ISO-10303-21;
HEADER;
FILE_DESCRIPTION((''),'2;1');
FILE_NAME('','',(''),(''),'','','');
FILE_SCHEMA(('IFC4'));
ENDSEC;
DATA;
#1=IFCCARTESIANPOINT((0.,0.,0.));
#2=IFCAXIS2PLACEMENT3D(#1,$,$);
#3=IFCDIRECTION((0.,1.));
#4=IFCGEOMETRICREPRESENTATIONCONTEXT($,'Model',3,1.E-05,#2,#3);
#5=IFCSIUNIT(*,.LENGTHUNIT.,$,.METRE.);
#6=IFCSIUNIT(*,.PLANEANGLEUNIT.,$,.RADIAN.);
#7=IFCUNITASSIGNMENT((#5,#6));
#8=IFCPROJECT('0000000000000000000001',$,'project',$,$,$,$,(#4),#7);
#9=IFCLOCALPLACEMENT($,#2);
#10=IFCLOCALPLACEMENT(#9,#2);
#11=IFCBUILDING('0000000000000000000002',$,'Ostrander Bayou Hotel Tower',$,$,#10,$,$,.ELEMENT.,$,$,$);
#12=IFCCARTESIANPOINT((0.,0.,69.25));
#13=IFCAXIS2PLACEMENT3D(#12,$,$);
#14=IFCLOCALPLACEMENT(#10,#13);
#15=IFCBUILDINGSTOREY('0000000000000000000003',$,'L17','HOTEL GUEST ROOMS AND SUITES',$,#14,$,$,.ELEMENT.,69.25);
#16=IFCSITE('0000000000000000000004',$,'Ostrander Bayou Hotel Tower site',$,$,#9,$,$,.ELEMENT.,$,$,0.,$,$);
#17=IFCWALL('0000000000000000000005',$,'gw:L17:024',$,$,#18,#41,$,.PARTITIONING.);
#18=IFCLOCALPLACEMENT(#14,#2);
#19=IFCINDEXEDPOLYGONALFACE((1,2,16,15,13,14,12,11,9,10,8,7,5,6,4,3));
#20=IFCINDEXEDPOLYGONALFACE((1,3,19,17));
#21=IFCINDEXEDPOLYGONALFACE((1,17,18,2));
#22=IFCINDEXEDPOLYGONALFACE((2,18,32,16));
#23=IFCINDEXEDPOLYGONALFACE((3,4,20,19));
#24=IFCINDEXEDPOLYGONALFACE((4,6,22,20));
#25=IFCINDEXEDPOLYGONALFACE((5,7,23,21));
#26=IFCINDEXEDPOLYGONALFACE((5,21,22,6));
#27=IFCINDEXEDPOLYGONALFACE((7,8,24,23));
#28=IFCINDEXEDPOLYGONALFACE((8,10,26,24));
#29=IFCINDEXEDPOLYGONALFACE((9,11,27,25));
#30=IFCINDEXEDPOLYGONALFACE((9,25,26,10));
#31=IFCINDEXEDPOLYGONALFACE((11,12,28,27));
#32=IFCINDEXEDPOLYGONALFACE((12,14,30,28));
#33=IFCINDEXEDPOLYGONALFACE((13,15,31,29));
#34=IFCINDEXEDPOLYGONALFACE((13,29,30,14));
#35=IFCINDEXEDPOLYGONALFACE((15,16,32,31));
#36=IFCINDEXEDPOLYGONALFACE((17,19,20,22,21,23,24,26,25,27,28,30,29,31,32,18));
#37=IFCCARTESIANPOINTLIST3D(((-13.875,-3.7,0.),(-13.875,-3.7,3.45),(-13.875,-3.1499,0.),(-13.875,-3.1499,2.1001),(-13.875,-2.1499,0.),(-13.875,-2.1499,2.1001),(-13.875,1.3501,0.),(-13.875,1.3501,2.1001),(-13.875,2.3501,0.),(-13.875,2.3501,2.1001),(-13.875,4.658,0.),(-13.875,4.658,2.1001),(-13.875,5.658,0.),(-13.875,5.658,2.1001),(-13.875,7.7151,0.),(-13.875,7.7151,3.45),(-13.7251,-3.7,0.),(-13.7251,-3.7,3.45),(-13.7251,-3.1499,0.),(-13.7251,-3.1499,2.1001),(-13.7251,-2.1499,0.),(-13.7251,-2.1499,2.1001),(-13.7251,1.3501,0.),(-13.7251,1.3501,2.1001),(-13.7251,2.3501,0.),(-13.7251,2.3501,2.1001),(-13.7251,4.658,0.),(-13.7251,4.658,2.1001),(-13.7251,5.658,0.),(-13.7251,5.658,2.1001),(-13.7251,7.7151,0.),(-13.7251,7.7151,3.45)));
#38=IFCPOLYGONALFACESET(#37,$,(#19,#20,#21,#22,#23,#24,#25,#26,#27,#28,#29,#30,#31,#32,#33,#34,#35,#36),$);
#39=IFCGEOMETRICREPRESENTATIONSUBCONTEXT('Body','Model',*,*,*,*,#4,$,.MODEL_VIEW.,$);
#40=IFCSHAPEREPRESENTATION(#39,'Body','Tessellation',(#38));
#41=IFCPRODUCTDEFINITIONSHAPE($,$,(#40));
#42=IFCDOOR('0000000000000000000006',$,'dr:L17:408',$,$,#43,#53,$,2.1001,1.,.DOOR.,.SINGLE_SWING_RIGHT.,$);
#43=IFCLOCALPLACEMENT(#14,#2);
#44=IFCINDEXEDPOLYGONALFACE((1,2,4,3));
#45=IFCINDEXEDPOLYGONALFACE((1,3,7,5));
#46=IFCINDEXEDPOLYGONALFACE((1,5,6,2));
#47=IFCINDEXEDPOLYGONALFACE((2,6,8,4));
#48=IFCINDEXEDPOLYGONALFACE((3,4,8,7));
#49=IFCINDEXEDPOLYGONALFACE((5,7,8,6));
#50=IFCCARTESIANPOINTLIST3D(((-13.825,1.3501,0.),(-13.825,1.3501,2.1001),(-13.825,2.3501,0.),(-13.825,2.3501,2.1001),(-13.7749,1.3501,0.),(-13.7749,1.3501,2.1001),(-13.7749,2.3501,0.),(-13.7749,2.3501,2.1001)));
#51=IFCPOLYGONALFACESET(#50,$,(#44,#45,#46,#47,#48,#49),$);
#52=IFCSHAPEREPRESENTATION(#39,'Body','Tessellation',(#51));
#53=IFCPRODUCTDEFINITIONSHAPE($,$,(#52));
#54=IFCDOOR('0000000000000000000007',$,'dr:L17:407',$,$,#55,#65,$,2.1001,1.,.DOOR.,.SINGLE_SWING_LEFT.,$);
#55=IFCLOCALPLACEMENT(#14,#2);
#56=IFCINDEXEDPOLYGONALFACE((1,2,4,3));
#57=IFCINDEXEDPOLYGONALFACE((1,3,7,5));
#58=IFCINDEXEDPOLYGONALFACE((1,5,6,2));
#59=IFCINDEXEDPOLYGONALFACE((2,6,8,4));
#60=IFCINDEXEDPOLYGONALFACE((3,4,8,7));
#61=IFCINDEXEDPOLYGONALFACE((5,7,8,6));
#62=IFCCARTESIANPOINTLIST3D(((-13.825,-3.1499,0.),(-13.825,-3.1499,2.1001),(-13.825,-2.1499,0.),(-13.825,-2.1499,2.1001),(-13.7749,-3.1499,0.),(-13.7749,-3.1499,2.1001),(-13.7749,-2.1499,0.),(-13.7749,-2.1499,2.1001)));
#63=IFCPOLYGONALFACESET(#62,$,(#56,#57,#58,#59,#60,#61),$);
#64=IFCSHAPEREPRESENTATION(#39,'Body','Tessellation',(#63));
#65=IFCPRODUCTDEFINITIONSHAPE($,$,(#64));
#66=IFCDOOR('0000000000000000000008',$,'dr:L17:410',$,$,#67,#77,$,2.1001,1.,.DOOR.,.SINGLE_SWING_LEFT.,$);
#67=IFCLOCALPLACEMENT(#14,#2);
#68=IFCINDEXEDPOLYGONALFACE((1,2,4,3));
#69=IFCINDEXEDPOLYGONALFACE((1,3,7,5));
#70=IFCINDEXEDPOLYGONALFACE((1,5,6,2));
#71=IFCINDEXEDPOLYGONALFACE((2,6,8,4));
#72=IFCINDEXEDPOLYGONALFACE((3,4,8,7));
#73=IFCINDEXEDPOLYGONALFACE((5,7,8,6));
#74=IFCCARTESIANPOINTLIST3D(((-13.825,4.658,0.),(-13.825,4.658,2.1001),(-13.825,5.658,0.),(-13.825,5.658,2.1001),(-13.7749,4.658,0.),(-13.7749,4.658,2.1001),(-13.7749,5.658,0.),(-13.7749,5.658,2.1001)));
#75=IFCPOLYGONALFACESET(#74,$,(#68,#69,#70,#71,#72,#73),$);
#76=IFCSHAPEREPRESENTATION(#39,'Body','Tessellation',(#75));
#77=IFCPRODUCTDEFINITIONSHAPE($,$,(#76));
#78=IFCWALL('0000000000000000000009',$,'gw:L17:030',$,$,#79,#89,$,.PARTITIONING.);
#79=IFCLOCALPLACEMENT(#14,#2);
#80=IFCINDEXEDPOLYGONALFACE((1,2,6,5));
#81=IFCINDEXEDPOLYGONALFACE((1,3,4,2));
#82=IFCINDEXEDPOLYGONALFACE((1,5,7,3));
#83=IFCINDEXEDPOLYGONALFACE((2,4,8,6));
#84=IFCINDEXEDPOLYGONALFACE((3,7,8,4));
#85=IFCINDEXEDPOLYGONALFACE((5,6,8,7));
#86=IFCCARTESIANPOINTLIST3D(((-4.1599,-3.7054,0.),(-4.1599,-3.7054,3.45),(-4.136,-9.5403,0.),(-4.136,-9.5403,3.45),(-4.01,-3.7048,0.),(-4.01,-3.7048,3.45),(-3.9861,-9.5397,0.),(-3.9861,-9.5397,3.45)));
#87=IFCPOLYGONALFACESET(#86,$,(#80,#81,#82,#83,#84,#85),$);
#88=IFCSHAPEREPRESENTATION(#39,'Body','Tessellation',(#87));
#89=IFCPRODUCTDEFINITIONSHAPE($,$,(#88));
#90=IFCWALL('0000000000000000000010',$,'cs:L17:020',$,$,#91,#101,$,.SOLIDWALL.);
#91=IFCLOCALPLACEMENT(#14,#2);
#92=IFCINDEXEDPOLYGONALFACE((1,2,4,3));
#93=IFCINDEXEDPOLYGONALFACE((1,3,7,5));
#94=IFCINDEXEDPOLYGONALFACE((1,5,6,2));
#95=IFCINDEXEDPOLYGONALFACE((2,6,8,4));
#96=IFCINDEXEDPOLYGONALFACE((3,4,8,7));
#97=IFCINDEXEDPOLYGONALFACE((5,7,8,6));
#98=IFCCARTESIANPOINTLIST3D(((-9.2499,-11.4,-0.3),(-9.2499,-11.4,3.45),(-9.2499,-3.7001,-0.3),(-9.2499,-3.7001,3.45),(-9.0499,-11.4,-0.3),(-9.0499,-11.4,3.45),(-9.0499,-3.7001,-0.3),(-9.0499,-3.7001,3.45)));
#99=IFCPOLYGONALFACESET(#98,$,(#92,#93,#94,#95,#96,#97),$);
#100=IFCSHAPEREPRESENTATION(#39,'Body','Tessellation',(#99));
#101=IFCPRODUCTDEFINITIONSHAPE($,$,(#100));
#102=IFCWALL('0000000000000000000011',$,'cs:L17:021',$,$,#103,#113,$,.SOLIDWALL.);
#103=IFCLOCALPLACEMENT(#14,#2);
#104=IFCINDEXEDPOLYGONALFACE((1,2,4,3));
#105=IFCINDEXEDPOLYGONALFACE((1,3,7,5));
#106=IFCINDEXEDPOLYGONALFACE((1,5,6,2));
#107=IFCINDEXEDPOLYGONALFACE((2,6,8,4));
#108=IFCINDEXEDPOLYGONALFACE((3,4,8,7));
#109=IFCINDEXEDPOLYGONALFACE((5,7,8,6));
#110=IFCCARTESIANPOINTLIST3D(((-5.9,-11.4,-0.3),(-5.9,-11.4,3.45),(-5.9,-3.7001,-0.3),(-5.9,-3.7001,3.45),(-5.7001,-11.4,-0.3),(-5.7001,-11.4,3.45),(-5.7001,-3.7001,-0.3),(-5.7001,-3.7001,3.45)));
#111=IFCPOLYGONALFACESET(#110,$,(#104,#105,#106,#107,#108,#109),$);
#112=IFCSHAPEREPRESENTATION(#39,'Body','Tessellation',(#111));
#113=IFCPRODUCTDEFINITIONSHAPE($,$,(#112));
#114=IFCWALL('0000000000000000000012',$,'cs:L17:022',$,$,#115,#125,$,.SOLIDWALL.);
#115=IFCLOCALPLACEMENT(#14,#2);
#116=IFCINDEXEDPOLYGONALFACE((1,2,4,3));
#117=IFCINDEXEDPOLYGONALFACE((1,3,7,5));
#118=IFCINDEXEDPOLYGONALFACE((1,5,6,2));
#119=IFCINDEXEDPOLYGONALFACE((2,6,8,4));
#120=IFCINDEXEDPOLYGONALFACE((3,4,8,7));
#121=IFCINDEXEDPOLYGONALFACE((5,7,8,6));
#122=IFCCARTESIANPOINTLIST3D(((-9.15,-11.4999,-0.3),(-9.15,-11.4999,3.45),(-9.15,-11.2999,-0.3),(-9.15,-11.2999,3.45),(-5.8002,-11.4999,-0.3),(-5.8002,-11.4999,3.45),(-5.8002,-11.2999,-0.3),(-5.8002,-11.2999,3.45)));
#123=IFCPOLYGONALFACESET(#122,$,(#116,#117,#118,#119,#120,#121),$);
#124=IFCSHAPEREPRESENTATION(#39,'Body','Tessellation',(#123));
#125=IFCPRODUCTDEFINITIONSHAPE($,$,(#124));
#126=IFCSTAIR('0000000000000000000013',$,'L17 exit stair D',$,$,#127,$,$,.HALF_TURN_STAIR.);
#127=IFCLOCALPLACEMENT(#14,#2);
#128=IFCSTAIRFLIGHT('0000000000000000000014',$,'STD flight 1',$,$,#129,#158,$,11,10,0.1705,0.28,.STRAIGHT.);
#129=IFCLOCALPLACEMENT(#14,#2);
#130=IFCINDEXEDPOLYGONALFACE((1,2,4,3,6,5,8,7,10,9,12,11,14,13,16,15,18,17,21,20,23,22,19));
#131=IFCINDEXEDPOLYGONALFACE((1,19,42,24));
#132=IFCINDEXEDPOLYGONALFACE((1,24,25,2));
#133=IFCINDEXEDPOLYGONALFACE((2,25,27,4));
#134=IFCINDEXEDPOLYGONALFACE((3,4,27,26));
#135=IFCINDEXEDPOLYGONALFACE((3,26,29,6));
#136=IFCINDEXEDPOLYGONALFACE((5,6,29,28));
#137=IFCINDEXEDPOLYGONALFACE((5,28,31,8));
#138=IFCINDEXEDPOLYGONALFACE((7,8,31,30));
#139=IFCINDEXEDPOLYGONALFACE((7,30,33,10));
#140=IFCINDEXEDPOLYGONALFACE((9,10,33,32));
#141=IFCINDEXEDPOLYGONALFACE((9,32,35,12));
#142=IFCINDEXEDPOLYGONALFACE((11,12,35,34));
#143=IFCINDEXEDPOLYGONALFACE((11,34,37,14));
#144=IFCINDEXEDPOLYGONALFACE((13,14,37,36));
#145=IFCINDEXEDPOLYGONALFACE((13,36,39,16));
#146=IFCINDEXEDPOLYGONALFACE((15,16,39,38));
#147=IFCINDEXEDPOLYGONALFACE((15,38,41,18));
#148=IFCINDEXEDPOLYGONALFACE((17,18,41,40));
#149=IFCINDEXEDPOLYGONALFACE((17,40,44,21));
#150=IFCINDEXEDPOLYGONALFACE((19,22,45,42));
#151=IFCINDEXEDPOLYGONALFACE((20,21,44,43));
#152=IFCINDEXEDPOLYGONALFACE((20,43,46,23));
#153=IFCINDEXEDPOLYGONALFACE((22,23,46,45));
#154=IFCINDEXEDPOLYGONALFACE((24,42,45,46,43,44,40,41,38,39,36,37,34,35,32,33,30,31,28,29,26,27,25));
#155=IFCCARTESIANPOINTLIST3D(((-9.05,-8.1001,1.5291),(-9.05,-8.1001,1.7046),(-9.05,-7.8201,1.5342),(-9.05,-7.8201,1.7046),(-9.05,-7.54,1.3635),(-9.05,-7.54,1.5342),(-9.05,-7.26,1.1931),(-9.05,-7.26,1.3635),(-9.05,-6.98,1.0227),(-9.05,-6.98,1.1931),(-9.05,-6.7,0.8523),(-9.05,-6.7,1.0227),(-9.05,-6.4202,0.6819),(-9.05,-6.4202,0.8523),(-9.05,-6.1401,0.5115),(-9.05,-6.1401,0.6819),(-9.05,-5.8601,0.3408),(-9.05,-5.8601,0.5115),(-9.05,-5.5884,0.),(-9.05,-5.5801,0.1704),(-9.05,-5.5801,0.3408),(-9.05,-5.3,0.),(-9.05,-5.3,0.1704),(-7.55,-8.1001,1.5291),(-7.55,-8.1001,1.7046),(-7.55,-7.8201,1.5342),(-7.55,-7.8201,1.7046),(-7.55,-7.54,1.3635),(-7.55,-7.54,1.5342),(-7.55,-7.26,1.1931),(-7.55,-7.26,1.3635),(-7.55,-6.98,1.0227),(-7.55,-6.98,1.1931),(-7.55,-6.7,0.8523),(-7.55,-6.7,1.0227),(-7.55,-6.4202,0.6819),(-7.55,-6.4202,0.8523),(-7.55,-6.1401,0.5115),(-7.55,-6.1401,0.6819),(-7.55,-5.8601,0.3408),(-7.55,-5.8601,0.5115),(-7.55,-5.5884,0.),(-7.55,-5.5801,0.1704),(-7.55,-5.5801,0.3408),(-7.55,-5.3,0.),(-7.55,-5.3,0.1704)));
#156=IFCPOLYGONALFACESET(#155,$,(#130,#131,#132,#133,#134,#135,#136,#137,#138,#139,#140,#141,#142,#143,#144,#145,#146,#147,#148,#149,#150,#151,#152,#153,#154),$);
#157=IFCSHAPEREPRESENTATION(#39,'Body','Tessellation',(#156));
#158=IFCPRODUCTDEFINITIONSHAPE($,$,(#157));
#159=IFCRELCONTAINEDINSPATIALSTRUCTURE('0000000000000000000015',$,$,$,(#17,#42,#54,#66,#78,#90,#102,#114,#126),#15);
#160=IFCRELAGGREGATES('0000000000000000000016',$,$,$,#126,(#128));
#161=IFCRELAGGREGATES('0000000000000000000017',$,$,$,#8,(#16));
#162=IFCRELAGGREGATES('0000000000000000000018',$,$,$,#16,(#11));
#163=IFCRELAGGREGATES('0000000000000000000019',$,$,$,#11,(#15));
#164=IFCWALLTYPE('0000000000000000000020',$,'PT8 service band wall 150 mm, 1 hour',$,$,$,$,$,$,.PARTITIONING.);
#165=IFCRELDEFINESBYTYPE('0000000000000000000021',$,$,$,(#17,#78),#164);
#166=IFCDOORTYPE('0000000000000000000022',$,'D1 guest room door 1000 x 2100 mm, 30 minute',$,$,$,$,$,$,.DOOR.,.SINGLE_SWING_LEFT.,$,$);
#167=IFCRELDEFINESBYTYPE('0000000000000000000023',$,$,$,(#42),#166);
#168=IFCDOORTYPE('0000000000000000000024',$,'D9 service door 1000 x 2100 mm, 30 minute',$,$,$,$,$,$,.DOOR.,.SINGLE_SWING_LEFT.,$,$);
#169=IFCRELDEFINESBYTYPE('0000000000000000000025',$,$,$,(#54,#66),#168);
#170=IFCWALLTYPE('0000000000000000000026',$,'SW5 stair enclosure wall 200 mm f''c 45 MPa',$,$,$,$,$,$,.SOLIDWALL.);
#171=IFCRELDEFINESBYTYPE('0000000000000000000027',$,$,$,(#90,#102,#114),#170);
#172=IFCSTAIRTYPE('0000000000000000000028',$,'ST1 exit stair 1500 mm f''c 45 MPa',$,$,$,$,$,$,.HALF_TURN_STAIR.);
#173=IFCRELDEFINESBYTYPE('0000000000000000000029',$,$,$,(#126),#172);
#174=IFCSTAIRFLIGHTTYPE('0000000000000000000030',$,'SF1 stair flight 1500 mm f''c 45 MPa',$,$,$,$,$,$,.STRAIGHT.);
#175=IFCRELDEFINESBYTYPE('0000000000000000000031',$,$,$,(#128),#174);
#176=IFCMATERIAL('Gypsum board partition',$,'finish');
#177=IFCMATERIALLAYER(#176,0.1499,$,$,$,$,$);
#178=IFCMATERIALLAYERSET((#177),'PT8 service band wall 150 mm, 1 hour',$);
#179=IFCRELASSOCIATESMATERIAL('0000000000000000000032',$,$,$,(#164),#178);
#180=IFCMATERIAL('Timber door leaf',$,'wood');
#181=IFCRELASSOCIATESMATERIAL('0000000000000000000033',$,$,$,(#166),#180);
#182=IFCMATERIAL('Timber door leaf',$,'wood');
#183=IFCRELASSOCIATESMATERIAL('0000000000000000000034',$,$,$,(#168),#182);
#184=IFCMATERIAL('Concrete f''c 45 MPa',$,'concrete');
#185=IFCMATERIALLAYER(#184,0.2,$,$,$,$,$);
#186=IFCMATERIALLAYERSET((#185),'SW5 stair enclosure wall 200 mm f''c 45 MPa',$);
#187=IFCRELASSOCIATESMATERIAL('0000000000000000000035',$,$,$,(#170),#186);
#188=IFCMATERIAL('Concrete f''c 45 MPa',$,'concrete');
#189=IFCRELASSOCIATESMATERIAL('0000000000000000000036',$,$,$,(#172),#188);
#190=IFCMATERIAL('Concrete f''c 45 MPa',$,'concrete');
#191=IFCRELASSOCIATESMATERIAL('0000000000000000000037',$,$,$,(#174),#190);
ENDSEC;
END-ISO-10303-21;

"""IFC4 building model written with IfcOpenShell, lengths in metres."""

from ifc_helpers import new_model, si_unit, direction, frame, frame_2d, origin, place, context, subcontext, project, spatial, polyline, rectangle, outline, extrude, material, layer, layer_set, type_object, element, fill, aggregate, save


model = new_model("IFC4")

# Units and contexts
model_context = context("Model", 3, precision=1e-05, world=origin(), true_north=direction((0.0, 1.0)))
body_context = subcontext(model_context, "Body", "Model", "MODEL_VIEW")
ifc_project = project(units=[si_unit("LENGTHUNIT", "METRE"), si_unit("PLANEANGLEUNIT", "RADIAN")], contexts=[model_context])

# Site, building, storey
site_placement = place(None, origin())
site = spatial("IfcSite", under=ifc_project, at=site_placement, Name="Ostrander Bayou Hotel Tower site", CompositionType="ELEMENT", RefElevation=0.0)
building_placement = place(site_placement, origin())
building = spatial("IfcBuilding", under=site, at=building_placement, Name="Ostrander Bayou Hotel Tower", CompositionType="ELEMENT")
storey_placement = place(building_placement, frame((0.0, 0.0, 69.25)))
storey = spatial("IfcBuildingStorey", under=building, at=storey_placement, Name="L17", Description="HOTEL GUEST ROOMS AND SUITES", CompositionType="ELEMENT", Elevation=69.25)

# Shared definitions
ifc_material_1 = material(Name="Gypsum board partition", Category="finish")
ifc_layer_1 = layer(ifc_material_1, 0.1499)
ifc_layer_set_1 = layer_set([ifc_layer_1], Name="PT8 service band wall 150 mm, 1 hour")
wall_type_1 = type_object("IfcWallType", Name="PT8 service band wall 150 mm, 1 hour", PredefinedType="PARTITIONING", material=ifc_layer_set_1)

# Wall, openings, doors
ifc_material_2 = material(Name="Timber door leaf", Category="wood")
door_type_1 = type_object("IfcDoorType", Name="D1 guest room door 1000 x 2100 mm, 30 minute", OperationType="SINGLE_SWING_LEFT", PredefinedType="DOOR", material=ifc_material_2)
ifc_material_3 = material(Name="Timber door leaf", Category="wood")
door_type_2 = type_object("IfcDoorType", Name="D9 service door 1000 x 2100 mm, 30 minute", OperationType="SINGLE_SWING_LEFT", PredefinedType="DOOR", material=ifc_material_3)
wall_1_placement = place(storey_placement, frame((-13.8, -3.7, 0.0), z_axis=(0.0, 0.0, 1.0), x_axis=(0.0, 1.0, 0.0)))
wall_1 = element("IfcWall", 1, at=wall_1_placement, inside=storey, type_object=wall_type_1, Name="gw:L17:024", PredefinedType="PARTITIONING", context=body_context, shape_type="SweptSolid", body=[
    extrude(rectangle(XDim=11.415, YDim=0.1499, at=frame_2d((5.7075, 0.0))), origin(), (0.0, 0.0, 1.0), 3.45),
])
opening_1_placement = place(wall_1_placement, frame((0.55, 0.0, 0.0)))
opening_1 = element("IfcOpeningElement", 2, at=opening_1_placement, cuts=wall_1, PredefinedType="OPENING", context=body_context, shape_type="SweptSolid", body=[
    extrude(rectangle(XDim=1.0, YDim=2.1001, at=frame_2d((0.5, 1.05))), frame((0.0, 0.075, 0.0), z_axis=(0.0, -1.0, 0.0), x_axis=(1.0, 0.0, 0.0)), (0.0, 0.0, 1.0), 0.1499),
])
opening_2_placement = place(wall_1_placement, frame((5.05, 0.0, 0.0)))
opening_2 = element("IfcOpeningElement", 3, at=opening_2_placement, cuts=wall_1, PredefinedType="OPENING", context=body_context, shape_type="SweptSolid", body=[
    extrude(rectangle(XDim=1.0, YDim=2.1001, at=frame_2d((0.5, 1.05))), frame((0.0, 0.075, 0.0), z_axis=(0.0, -1.0, 0.0), x_axis=(1.0, 0.0, 0.0)), (0.0, 0.0, 1.0), 0.1499),
])
opening_3_placement = place(wall_1_placement, frame((8.3579, 0.0, 0.0)))
opening_3 = element("IfcOpeningElement", 4, at=opening_3_placement, cuts=wall_1, PredefinedType="OPENING", context=body_context, shape_type="SweptSolid", body=[
    extrude(rectangle(XDim=1.0, YDim=2.1001, at=frame_2d((0.5, 1.05))), frame((0.0, 0.075, 0.0), z_axis=(0.0, -1.0, 0.0), x_axis=(1.0, 0.0, 0.0)), (0.0, 0.0, 1.0), 0.1499),
])
door_1_placement = place(opening_2_placement, origin())
door_1 = element("IfcDoor", 5, at=door_1_placement, inside=storey, type_object=door_type_1, Name="dr:L17:408", OperationType="SINGLE_SWING_RIGHT", OverallHeight=2.1001, OverallWidth=1.0, PredefinedType="DOOR", context=body_context, shape_type="SweptSolid", body=[
    extrude(rectangle(XDim=1.0, YDim=2.1001, at=frame_2d((0.5, 1.05))), frame((0.0, 0.0249, 0.0), z_axis=(0.0, -1.0, 0.0), x_axis=(1.0, 0.0, 0.0)), (0.0, 0.0, 1.0), 0.05),
])
fill(opening_2, door_1)
door_2_placement = place(opening_1_placement, origin())
door_2 = element("IfcDoor", 6, at=door_2_placement, inside=storey, type_object=door_type_2, Name="dr:L17:407", OperationType="SINGLE_SWING_LEFT", OverallHeight=2.1001, OverallWidth=1.0, PredefinedType="DOOR", context=body_context, shape_type="SweptSolid", body=[
    extrude(rectangle(XDim=1.0, YDim=2.1001, at=frame_2d((0.5, 1.05))), frame((0.0, 0.0249, 0.0), z_axis=(0.0, -1.0, 0.0), x_axis=(1.0, 0.0, 0.0)), (0.0, 0.0, 1.0), 0.05),
])
fill(opening_1, door_2)
door_3_placement = place(opening_3_placement, origin())
door_3 = element("IfcDoor", 7, at=door_3_placement, inside=storey, type_object=door_type_2, Name="dr:L17:410", OperationType="SINGLE_SWING_LEFT", OverallHeight=2.1001, OverallWidth=1.0, PredefinedType="DOOR", context=body_context, shape_type="SweptSolid", body=[
    extrude(rectangle(XDim=1.0, YDim=2.1001, at=frame_2d((0.5, 1.05))), frame((0.0, 0.0249, 0.0), z_axis=(0.0, -1.0, 0.0), x_axis=(1.0, 0.0, 0.0)), (0.0, 0.0, 1.0), 0.05),
])
fill(opening_3, door_3)

# Wall
wall_2_placement = place(storey_placement, frame((-4.061, -9.54, 0.0), z_axis=(0.0, 0.0, 1.0), x_axis=(-0.0041, 0.999992, 0.0)))
element("IfcWall", 8, at=wall_2_placement, inside=storey, type_object=wall_type_1, Name="gw:L17:030", PredefinedType="PARTITIONING", context=body_context, shape_type="SweptSolid", body=[
    extrude(rectangle(XDim=5.835, YDim=0.1499, at=frame_2d((2.9175, 0.0))), origin(), (0.0, 0.0, 1.0), 3.45),
])

# Shared definitions
ifc_material_4 = material(Name="Concrete f'c 45 MPa", Category="concrete")
ifc_layer_2 = layer(ifc_material_4, 0.2)
ifc_layer_set_2 = layer_set([ifc_layer_2], Name="SW5 stair enclosure wall 200 mm f'c 45 MPa")
wall_type_2 = type_object("IfcWallType", Name="SW5 stair enclosure wall 200 mm f'c 45 MPa", PredefinedType="SOLIDWALL", material=ifc_layer_set_2)

# Walls
for number, where, z_axis, x_axis, name in (
    (9, (-9.1499, -3.7, -0.3), (0.0, 0.0, 1.0), (0.0, -1.0, 0.0), "cs:L17:020"),
    (10, (-5.8, -3.7, -0.3), (0.0, 0.0, 1.0), (0.0, -1.0, 0.0), "cs:L17:021"),
):
    element("IfcWall", number, at=place(storey_placement, frame(where, z_axis=z_axis, x_axis=x_axis)), inside=storey, type_object=wall_type_2, Name=name, PredefinedType="SOLIDWALL", context=body_context, shape_type="SweptSolid", body=[
        extrude(rectangle(XDim=7.7, YDim=0.2, at=frame_2d((3.8501, 0.0))), origin(), (0.0, 0.0, 1.0), 3.75),
    ])
wall_3_placement = place(storey_placement, frame((-9.1499, -11.3999, -0.3), z_axis=(0.0, 0.0, 1.0), x_axis=(1.0, 0.0, 0.0)))
element("IfcWall", 11, at=wall_3_placement, inside=storey, type_object=wall_type_2, Name="cs:L17:022", PredefinedType="SOLIDWALL", context=body_context, shape_type="SweptSolid", body=[
    extrude(rectangle(XDim=3.3499, YDim=0.2, at=frame_2d((1.6748, 0.0))), origin(), (0.0, 0.0, 1.0), 3.75),
])

# Stair, stair flight
ifc_material_5 = material(Name="Concrete f'c 45 MPa", Category="concrete")
stair_type = type_object("IfcStairType", Name="ST1 exit stair 1500 mm f'c 45 MPa", PredefinedType="HALF_TURN_STAIR", material=ifc_material_5)
stair_placement = place(storey_placement, origin())
stair = element("IfcStair", 12, at=stair_placement, inside=storey, type_object=stair_type, Name="L17 exit stair D", PredefinedType="HALF_TURN_STAIR")
ifc_material_6 = material(Name="Concrete f'c 45 MPa", Category="concrete")
stair_flight_type = type_object("IfcStairFlightType", Name="SF1 stair flight 1500 mm f'c 45 MPa", PredefinedType="STRAIGHT", material=ifc_material_6)
stair_flight_1_placement = place(storey_placement, frame((-8.3, -5.3, 0.0), z_axis=(0.0, 0.0, 1.0), x_axis=(0.0, -1.0, 0.0)))
stair_flight_1 = element("IfcStairFlight", 13, at=stair_flight_1_placement, type_object=stair_flight_type, Name="STD flight 1", NumberOfRisers=11, NumberOfTreads=10, PredefinedType="STRAIGHT", RiserHeight=0.1705, TreadLength=0.28, context=body_context, shape_type="SweptSolid", body=[
    extrude(outline(polyline([(0.0, 0.0), (0.0, 0.1704), (0.28, 0.1704), (0.28, 0.3408), (0.5601, 0.3408), (0.5601, 0.5115), (0.8401, 0.5115), (0.8401, 0.6819), (1.1201, 0.6819), (1.1201, 0.8523), (1.3999, 0.8523), (1.3999, 1.0227), (1.6799, 1.0227), (1.6799, 1.1931), (1.96, 1.1931), (1.96, 1.3635), (2.24, 1.3635), (2.24, 1.5342), (2.52, 1.5342), (2.52, 1.7046), (2.8, 1.7046), (2.8, 1.875), (2.8, 1.5291), (0.2883, 0.0), (0.0, 0.0)])), frame((0.0, 0.75, 0.0), z_axis=(0.0, -1.0, 0.0), x_axis=(1.0, 0.0, 0.0)), (0.0, 0.0, 1.0), 1.5),
])
aggregate(stair, [stair_flight_1])

save(model, "model.ifc")
